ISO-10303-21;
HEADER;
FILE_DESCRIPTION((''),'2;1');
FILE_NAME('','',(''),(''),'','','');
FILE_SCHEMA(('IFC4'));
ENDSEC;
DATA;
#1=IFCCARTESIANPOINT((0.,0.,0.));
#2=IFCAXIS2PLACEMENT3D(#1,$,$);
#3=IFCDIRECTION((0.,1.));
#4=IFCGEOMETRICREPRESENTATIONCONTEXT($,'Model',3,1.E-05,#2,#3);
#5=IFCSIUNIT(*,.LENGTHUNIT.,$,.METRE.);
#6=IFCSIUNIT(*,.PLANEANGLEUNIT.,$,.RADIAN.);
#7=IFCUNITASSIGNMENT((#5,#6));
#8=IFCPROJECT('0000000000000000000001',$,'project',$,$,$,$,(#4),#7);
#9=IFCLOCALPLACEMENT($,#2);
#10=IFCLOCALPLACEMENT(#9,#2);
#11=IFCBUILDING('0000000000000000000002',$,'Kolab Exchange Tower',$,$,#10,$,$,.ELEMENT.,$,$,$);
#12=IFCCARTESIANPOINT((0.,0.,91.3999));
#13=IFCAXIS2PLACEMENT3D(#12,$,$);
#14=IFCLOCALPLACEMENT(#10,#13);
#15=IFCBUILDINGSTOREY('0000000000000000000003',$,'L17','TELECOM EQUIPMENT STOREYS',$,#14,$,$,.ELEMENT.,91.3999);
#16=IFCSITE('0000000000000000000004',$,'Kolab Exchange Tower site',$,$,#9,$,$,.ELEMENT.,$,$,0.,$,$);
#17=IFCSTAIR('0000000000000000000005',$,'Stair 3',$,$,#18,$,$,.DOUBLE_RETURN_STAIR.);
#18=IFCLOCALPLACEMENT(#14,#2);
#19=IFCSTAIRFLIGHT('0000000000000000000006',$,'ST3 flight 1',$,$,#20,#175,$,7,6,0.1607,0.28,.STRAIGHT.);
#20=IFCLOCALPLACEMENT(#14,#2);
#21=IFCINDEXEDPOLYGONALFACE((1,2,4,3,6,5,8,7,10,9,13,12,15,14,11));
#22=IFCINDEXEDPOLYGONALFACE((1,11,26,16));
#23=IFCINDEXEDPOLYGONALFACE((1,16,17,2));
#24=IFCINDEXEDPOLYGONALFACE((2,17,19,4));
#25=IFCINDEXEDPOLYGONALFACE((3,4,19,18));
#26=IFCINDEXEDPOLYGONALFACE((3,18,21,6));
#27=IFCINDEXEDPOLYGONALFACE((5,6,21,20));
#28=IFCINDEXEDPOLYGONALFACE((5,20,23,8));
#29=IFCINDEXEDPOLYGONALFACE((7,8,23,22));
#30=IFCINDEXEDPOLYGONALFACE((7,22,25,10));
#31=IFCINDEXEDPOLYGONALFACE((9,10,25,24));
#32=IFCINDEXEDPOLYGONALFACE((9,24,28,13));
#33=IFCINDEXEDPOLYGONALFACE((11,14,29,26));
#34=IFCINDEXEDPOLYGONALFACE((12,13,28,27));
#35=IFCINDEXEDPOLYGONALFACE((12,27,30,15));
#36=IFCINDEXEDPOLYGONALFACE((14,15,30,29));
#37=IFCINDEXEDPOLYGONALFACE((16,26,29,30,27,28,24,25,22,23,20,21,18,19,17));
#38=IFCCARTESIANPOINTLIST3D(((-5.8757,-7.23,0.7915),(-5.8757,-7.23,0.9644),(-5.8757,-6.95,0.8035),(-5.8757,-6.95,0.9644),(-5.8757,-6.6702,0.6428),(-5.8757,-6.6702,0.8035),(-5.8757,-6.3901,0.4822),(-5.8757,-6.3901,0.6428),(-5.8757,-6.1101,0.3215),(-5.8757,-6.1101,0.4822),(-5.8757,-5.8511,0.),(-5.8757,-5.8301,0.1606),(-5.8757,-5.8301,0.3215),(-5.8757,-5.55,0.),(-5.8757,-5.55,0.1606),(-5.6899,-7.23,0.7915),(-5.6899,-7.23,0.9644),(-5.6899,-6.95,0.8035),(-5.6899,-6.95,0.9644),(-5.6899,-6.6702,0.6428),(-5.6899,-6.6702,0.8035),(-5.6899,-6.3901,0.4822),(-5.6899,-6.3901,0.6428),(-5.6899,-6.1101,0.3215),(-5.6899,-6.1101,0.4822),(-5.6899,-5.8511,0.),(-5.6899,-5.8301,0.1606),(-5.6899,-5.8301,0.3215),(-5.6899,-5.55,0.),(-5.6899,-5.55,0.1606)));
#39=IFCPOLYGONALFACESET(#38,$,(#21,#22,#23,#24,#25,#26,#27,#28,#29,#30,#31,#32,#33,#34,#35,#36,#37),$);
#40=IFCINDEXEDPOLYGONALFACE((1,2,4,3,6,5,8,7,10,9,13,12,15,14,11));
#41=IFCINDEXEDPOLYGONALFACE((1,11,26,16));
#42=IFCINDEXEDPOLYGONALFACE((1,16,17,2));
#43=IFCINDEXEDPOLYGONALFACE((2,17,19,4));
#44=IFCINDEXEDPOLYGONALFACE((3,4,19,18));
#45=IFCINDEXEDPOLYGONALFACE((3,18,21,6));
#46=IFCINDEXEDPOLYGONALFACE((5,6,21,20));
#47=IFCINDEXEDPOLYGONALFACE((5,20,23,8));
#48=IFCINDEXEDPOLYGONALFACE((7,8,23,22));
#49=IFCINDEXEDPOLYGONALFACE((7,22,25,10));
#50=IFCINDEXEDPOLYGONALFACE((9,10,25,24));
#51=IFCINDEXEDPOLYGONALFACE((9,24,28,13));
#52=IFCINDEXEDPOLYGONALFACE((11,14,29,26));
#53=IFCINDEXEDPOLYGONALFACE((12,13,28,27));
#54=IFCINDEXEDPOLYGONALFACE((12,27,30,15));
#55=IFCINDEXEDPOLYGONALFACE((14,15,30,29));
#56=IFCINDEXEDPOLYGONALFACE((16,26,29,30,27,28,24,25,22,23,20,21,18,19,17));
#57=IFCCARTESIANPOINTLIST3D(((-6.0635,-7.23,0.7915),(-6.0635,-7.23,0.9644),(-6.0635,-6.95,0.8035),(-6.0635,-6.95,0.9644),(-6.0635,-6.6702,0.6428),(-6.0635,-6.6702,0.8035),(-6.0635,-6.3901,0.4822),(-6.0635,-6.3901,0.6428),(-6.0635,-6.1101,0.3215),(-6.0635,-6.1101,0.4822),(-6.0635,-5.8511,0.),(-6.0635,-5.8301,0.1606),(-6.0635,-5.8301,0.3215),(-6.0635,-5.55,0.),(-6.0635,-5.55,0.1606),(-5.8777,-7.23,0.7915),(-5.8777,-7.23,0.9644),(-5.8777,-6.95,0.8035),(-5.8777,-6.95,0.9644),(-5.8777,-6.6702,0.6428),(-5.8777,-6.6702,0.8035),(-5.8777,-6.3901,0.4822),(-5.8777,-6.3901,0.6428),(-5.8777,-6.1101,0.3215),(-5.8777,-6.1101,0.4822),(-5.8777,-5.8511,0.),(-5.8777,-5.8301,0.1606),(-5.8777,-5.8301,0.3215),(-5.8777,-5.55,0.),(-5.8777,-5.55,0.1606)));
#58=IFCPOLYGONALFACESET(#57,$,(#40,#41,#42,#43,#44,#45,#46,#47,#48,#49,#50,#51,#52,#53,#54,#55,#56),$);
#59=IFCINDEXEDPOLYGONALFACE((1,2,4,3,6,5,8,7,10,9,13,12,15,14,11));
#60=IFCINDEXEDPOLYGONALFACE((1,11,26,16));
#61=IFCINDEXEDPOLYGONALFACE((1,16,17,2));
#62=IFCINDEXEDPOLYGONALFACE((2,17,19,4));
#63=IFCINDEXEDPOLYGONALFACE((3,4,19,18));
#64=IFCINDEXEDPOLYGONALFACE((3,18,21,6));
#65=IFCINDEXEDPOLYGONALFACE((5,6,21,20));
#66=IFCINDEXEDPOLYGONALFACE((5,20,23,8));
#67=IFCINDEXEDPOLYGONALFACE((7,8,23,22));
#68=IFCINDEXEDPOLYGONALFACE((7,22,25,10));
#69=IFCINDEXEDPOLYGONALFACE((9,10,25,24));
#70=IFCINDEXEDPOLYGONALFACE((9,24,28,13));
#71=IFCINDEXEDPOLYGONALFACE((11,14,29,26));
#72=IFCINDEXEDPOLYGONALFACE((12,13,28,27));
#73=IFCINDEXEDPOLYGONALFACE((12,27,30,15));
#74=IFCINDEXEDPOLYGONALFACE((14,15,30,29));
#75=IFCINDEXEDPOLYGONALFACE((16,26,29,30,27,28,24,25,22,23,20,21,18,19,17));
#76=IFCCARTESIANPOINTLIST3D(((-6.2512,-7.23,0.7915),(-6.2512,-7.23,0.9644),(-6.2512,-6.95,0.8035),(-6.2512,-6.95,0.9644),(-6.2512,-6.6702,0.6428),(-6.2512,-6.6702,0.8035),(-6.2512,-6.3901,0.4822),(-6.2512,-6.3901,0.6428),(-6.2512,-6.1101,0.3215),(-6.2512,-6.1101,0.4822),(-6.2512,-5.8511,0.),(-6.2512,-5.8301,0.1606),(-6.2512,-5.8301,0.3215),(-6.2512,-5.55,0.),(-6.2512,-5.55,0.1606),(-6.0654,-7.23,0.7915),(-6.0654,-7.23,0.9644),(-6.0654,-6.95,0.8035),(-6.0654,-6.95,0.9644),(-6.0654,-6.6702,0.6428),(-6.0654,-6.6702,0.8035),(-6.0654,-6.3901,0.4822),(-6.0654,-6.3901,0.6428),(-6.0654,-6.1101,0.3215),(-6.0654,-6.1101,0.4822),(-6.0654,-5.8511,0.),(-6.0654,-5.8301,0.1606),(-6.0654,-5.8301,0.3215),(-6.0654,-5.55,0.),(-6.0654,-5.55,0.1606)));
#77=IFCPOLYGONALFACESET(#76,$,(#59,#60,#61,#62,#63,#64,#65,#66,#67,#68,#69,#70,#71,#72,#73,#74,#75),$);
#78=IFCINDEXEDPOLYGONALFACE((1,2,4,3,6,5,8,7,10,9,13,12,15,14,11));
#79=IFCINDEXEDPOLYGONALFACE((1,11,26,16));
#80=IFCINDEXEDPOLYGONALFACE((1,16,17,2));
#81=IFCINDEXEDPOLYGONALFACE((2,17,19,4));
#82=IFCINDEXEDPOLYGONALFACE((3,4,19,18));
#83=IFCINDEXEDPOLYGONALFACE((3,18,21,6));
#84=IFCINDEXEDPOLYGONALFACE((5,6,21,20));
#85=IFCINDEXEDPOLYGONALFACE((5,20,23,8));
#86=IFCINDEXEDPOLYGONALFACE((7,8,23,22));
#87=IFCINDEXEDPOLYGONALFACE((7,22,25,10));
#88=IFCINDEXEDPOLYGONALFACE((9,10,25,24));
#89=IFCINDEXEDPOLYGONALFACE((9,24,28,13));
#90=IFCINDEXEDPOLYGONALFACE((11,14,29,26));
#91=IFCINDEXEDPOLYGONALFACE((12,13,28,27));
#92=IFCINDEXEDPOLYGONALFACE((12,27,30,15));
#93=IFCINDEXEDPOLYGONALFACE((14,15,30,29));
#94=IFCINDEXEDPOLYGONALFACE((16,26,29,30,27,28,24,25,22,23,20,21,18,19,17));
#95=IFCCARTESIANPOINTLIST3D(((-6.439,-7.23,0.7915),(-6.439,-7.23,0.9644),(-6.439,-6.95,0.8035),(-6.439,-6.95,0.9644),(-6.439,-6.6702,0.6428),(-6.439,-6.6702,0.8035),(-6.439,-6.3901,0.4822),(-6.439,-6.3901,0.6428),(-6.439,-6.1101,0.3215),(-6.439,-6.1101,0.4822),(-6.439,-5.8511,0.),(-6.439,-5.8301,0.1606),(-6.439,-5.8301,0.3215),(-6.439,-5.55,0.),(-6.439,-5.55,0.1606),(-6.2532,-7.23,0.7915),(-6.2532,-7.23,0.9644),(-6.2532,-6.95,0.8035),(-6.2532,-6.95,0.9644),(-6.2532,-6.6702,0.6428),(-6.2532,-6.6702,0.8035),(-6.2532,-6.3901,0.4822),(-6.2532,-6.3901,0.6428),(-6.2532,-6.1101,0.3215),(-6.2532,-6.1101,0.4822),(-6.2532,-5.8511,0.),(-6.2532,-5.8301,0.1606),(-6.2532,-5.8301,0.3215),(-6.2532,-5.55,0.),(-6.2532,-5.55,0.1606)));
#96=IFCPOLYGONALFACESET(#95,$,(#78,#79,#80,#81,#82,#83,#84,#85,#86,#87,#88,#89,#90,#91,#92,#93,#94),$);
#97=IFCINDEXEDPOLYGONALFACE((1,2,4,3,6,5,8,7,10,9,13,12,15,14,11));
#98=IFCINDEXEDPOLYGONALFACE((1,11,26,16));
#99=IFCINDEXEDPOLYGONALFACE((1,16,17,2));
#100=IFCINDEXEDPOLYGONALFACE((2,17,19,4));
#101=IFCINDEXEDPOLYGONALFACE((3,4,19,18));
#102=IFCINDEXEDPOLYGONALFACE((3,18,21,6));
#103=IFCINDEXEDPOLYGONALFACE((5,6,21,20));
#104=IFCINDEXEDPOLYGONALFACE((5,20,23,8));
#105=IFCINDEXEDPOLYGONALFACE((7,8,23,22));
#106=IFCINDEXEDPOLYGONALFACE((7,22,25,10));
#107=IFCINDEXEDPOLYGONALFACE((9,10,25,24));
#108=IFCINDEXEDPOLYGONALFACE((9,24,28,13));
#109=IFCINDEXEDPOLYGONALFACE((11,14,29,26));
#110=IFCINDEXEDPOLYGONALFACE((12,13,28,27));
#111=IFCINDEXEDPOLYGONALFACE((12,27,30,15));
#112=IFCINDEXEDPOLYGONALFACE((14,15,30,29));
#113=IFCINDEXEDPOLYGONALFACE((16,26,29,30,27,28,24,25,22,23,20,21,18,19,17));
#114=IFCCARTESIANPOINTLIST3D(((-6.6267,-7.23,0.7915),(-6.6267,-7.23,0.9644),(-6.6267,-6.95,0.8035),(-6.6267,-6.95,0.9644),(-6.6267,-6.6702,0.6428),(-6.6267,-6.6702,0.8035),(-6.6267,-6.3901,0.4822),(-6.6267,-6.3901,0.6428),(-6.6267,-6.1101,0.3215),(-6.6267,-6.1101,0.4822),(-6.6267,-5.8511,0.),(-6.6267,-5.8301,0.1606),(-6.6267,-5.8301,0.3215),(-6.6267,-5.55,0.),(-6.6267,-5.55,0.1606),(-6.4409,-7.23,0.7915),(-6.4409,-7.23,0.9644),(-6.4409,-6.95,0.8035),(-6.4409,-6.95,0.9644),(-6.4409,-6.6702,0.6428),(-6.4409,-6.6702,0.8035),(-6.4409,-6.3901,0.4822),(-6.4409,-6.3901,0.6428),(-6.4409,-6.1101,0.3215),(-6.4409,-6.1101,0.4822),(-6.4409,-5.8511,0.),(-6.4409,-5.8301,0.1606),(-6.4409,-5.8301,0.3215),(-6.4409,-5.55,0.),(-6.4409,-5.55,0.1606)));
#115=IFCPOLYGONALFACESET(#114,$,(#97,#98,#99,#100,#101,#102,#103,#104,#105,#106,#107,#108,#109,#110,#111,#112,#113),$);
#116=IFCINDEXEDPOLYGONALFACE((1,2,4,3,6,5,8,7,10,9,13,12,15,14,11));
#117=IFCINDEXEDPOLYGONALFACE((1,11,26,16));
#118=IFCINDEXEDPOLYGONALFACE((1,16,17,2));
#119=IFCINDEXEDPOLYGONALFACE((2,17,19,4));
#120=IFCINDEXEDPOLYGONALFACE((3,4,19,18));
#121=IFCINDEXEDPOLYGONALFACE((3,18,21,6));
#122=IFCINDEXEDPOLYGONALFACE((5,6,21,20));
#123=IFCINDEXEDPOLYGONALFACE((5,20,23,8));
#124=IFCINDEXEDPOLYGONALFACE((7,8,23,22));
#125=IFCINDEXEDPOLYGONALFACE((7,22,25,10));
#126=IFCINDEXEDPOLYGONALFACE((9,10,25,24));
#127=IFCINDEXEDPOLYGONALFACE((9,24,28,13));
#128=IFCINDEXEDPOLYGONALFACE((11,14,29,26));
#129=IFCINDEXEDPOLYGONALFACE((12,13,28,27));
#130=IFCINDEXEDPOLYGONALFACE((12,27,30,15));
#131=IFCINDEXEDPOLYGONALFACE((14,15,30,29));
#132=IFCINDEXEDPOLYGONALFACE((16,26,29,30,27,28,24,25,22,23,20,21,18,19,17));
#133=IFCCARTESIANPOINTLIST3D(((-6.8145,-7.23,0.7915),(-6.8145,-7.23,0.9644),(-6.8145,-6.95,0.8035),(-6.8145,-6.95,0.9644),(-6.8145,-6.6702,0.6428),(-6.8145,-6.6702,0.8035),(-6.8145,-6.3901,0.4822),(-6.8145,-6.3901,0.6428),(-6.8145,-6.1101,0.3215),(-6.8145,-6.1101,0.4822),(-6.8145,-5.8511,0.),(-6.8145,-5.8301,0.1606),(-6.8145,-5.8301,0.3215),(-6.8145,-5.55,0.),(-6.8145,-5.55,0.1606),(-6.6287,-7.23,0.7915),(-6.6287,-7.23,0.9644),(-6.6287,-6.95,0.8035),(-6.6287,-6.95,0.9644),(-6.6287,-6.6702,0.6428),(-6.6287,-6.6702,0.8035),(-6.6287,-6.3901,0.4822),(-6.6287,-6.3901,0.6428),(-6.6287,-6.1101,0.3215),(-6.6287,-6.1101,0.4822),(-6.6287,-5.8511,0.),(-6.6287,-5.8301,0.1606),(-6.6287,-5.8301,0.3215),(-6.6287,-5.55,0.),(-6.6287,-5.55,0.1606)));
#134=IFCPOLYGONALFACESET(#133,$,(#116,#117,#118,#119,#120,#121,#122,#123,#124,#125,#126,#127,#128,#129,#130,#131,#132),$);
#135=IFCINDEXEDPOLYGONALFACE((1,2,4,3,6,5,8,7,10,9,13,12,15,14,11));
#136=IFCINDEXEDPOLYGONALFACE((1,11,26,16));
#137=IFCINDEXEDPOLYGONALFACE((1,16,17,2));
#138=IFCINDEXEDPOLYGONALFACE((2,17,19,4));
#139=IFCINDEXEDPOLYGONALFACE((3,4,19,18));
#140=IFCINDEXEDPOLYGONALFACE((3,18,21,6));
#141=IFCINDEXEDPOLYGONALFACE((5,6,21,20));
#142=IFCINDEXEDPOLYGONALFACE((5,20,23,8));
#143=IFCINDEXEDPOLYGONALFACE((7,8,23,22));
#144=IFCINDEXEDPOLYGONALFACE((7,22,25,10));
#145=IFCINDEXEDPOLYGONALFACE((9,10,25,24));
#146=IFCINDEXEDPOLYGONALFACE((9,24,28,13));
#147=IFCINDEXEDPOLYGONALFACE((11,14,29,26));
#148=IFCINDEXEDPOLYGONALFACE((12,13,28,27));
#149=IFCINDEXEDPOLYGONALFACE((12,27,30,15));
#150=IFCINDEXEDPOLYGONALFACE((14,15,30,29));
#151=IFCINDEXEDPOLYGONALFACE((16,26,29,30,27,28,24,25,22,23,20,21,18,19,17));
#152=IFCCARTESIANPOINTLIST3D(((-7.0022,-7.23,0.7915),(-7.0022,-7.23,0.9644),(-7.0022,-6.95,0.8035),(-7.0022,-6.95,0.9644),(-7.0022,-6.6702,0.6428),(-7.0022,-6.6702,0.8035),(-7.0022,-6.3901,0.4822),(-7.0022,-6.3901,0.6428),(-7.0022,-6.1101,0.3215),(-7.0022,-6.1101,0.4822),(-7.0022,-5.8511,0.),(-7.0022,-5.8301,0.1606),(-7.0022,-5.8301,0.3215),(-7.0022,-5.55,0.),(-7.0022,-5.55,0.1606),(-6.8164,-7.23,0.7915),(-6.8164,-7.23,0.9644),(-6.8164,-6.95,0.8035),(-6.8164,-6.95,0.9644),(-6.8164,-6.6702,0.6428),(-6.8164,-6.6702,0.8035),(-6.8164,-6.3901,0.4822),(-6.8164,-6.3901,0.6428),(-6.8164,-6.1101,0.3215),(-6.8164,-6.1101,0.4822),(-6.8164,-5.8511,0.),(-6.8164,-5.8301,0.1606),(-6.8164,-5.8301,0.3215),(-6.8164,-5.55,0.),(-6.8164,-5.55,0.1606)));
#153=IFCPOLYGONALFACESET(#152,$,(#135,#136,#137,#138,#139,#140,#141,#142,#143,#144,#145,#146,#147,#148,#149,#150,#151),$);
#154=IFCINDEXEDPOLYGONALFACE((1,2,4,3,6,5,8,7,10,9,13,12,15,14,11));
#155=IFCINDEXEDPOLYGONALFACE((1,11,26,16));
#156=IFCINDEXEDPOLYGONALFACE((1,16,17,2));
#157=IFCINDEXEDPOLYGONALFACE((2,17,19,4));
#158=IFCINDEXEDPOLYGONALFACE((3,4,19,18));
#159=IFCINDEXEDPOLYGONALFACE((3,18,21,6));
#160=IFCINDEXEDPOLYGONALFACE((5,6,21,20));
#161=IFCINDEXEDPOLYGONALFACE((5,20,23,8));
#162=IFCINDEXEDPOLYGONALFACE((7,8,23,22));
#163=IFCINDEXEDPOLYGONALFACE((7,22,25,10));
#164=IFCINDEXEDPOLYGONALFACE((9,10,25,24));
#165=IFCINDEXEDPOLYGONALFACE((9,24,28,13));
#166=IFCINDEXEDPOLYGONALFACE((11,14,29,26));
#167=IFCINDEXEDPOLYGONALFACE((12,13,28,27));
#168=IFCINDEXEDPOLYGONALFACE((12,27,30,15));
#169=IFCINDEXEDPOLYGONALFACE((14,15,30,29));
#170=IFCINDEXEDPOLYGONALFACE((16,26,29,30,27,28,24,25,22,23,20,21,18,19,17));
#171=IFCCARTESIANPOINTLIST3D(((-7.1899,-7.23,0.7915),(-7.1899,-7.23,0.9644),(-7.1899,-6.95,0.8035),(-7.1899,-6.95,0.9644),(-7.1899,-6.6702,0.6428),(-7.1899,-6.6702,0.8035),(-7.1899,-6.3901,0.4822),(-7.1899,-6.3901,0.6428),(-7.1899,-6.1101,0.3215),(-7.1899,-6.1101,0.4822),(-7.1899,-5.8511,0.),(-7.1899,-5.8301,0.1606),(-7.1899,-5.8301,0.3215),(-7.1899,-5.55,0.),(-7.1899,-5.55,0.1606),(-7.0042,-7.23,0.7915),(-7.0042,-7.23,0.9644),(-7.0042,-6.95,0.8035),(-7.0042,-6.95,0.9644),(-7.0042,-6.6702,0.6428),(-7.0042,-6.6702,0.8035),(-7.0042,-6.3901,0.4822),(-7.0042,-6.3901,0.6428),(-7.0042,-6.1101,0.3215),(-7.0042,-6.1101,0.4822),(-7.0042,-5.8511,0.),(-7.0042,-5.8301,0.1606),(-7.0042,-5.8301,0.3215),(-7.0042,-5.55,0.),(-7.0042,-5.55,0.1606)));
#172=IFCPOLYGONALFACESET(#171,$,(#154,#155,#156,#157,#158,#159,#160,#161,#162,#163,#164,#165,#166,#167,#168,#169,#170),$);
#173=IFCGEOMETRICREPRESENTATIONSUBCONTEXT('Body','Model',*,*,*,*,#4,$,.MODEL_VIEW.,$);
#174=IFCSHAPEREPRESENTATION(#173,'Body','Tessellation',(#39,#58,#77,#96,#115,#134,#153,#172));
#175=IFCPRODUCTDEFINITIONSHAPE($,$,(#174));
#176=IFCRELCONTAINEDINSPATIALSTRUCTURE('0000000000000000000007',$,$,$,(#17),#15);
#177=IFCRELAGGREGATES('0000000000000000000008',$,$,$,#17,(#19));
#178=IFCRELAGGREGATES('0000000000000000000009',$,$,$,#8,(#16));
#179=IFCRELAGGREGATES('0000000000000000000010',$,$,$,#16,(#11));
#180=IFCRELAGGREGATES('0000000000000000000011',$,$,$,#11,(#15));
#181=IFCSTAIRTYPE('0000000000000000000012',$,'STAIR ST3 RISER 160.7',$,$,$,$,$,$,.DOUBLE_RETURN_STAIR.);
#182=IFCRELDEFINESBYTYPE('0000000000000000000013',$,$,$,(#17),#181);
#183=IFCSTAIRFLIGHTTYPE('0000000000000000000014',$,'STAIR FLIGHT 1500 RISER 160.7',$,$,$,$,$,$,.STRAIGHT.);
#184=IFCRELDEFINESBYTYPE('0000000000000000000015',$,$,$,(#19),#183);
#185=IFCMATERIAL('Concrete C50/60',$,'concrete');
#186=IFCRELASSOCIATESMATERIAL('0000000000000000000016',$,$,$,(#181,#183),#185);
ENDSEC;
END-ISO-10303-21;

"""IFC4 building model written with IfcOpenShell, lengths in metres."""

from ifc_helpers import new_model, si_unit, direction, frame, origin, place, context, subcontext, project, spatial, polyline, outline, extrude, material, type_object, element, aggregate, save


model = new_model("IFC4")

# Units and contexts
model_context = context("Model", 3, precision=1e-05, world=origin(), true_north=direction((0.0, 1.0)))
body_context = subcontext(model_context, "Body", "Model", "MODEL_VIEW")
ifc_project = project(units=[si_unit("LENGTHUNIT", "METRE"), si_unit("PLANEANGLEUNIT", "RADIAN")], contexts=[model_context])

# Site, building, storey
site_placement = place(None, origin())
site = spatial("IfcSite", under=ifc_project, at=site_placement, Name="Kolab Exchange Tower site", CompositionType="ELEMENT", RefElevation=0.0)
building_placement = place(site_placement, origin())
building = spatial("IfcBuilding", under=site, at=building_placement, Name="Kolab Exchange Tower", CompositionType="ELEMENT")
storey_placement = place(building_placement, frame((0.0, 0.0, 91.3999)))
storey = spatial("IfcBuildingStorey", under=building, at=storey_placement, Name="L17", Description="TELECOM EQUIPMENT STOREYS", CompositionType="ELEMENT", Elevation=91.3999)

# Shared definitions
ifc_material_1 = material(Name="Concrete C50/60", Category="concrete")

# Stair, stair flight
stair_type = type_object("IfcStairType", Name="STAIR ST3 RISER 160.7", PredefinedType="DOUBLE_RETURN_STAIR", material=ifc_material_1)
stair_placement = place(storey_placement, origin())
stair = element("IfcStair", 1, at=stair_placement, inside=storey, type_object=stair_type, Name="Stair 3", PredefinedType="DOUBLE_RETURN_STAIR")
stair_flight_type = type_object("IfcStairFlightType", Name="STAIR FLIGHT 1500 RISER 160.7", PredefinedType="STRAIGHT", material=ifc_material_1)
stair_flight_1_placement = place(storey_placement, frame((-6.4399, -5.55, 0.0), z_axis=(0.0, 0.0, 1.0), x_axis=(0.0, -1.0, 0.0)))
stair_flight_1 = element("IfcStairFlight", 2, at=stair_flight_1_placement, type_object=stair_flight_type, Name="ST3 flight 1", NumberOfRisers=7, NumberOfTreads=6, PredefinedType="STRAIGHT", RiserHeight=0.1607, TreadLength=0.28, context=body_context, shape_type="SweptSolid", body=[
    extrude(outline(polyline([(0.0, 0.0), (0.0, 0.1606), (0.28, 0.1606), (0.28, 0.3215), (0.5601, 0.3215), (0.5601, 0.4822), (0.8401, 0.4822), (0.8401, 0.6428), (1.1201, 0.6428), (1.1201, 0.8035), (1.3999, 0.8035), (1.3999, 0.9644), (1.6799, 0.9644), (1.6799, 1.125), (1.6799, 0.7915), (0.301, 0.0), (0.0, 0.0)])), frame((0.0, 0.75, 0.0), z_axis=(0.0, -1.0, 0.0), x_axis=(1.0, 0.0, 0.0)), (0.0, 0.0, 1.0), 0.1858),
    extrude(outline(polyline([(0.0, 0.0), (0.0, 0.1606), (0.28, 0.1606), (0.28, 0.3215), (0.5601, 0.3215), (0.5601, 0.4822), (0.8401, 0.4822), (0.8401, 0.6428), (1.1201, 0.6428), (1.1201, 0.8035), (1.3999, 0.8035), (1.3999, 0.9644), (1.6799, 0.9644), (1.6799, 1.125), (1.6799, 0.7915), (0.301, 0.0), (0.0, 0.0)])), frame((0.0, 0.5623, 0.0), z_axis=(0.0, -1.0, 0.0), x_axis=(1.0, 0.0, 0.0)), (0.0, 0.0, 1.0), 0.1858),
    extrude(outline(polyline([(0.0, 0.0), (0.0, 0.1606), (0.28, 0.1606), (0.28, 0.3215), (0.5601, 0.3215), (0.5601, 0.4822), (0.8401, 0.4822), (0.8401, 0.6428), (1.1201, 0.6428), (1.1201, 0.8035), (1.3999, 0.8035), (1.3999, 0.9644), (1.6799, 0.9644), (1.6799, 1.125), (1.6799, 0.7915), (0.301, 0.0), (0.0, 0.0)])), frame((0.0, 0.3745, 0.0), z_axis=(0.0, -1.0, 0.0), x_axis=(1.0, 0.0, 0.0)), (0.0, 0.0, 1.0), 0.1858),
    extrude(outline(polyline([(0.0, 0.0), (0.0, 0.1606), (0.28, 0.1606), (0.28, 0.3215), (0.5601, 0.3215), (0.5601, 0.4822), (0.8401, 0.4822), (0.8401, 0.6428), (1.1201, 0.6428), (1.1201, 0.8035), (1.3999, 0.8035), (1.3999, 0.9644), (1.6799, 0.9644), (1.6799, 1.125), (1.6799, 0.7915), (0.301, 0.0), (0.0, 0.0)])), frame((0.0, 0.1868, 0.0), z_axis=(0.0, -1.0, 0.0), x_axis=(1.0, 0.0, 0.0)), (0.0, 0.0, 1.0), 0.1858),
    extrude(outline(polyline([(0.0, 0.0), (0.0, 0.1606), (0.28, 0.1606), (0.28, 0.3215), (0.5601, 0.3215), (0.5601, 0.4822), (0.8401, 0.4822), (0.8401, 0.6428), (1.1201, 0.6428), (1.1201, 0.8035), (1.3999, 0.8035), (1.3999, 0.9644), (1.6799, 0.9644), (1.6799, 1.125), (1.6799, 0.7915), (0.301, 0.0), (0.0, 0.0)])), frame((0.0, -0.001, 0.0), z_axis=(0.0, -1.0, 0.0), x_axis=(1.0, 0.0, 0.0)), (0.0, 0.0, 1.0), 0.1858),
    extrude(outline(polyline([(0.0, 0.0), (0.0, 0.1606), (0.28, 0.1606), (0.28, 0.3215), (0.5601, 0.3215), (0.5601, 0.4822), (0.8401, 0.4822), (0.8401, 0.6428), (1.1201, 0.6428), (1.1201, 0.8035), (1.3999, 0.8035), (1.3999, 0.9644), (1.6799, 0.9644), (1.6799, 1.125), (1.6799, 0.7915), (0.301, 0.0), (0.0, 0.0)])), frame((0.0, -0.1887, 0.0), z_axis=(0.0, -1.0, 0.0), x_axis=(1.0, 0.0, 0.0)), (0.0, 0.0, 1.0), 0.1858),
    extrude(outline(polyline([(0.0, 0.0), (0.0, 0.1606), (0.28, 0.1606), (0.28, 0.3215), (0.5601, 0.3215), (0.5601, 0.4822), (0.8401, 0.4822), (0.8401, 0.6428), (1.1201, 0.6428), (1.1201, 0.8035), (1.3999, 0.8035), (1.3999, 0.9644), (1.6799, 0.9644), (1.6799, 1.125), (1.6799, 0.7915), (0.301, 0.0), (0.0, 0.0)])), frame((0.0, -0.3765, 0.0), z_axis=(0.0, -1.0, 0.0), x_axis=(1.0, 0.0, 0.0)), (0.0, 0.0, 1.0), 0.1858),
    extrude(outline(polyline([(0.0, 0.0), (0.0, 0.1606), (0.28, 0.1606), (0.28, 0.3215), (0.5601, 0.3215), (0.5601, 0.4822), (0.8401, 0.4822), (0.8401, 0.6428), (1.1201, 0.6428), (1.1201, 0.8035), (1.3999, 0.8035), (1.3999, 0.9644), (1.6799, 0.9644), (1.6799, 1.125), (1.6799, 0.7915), (0.301, 0.0), (0.0, 0.0)])), frame((0.0, -0.5642, 0.0), z_axis=(0.0, -1.0, 0.0), x_axis=(1.0, 0.0, 0.0)), (0.0, 0.0, 1.0), 0.1858),
])
aggregate(stair, [stair_flight_1])

save(model, "model.ifc")
